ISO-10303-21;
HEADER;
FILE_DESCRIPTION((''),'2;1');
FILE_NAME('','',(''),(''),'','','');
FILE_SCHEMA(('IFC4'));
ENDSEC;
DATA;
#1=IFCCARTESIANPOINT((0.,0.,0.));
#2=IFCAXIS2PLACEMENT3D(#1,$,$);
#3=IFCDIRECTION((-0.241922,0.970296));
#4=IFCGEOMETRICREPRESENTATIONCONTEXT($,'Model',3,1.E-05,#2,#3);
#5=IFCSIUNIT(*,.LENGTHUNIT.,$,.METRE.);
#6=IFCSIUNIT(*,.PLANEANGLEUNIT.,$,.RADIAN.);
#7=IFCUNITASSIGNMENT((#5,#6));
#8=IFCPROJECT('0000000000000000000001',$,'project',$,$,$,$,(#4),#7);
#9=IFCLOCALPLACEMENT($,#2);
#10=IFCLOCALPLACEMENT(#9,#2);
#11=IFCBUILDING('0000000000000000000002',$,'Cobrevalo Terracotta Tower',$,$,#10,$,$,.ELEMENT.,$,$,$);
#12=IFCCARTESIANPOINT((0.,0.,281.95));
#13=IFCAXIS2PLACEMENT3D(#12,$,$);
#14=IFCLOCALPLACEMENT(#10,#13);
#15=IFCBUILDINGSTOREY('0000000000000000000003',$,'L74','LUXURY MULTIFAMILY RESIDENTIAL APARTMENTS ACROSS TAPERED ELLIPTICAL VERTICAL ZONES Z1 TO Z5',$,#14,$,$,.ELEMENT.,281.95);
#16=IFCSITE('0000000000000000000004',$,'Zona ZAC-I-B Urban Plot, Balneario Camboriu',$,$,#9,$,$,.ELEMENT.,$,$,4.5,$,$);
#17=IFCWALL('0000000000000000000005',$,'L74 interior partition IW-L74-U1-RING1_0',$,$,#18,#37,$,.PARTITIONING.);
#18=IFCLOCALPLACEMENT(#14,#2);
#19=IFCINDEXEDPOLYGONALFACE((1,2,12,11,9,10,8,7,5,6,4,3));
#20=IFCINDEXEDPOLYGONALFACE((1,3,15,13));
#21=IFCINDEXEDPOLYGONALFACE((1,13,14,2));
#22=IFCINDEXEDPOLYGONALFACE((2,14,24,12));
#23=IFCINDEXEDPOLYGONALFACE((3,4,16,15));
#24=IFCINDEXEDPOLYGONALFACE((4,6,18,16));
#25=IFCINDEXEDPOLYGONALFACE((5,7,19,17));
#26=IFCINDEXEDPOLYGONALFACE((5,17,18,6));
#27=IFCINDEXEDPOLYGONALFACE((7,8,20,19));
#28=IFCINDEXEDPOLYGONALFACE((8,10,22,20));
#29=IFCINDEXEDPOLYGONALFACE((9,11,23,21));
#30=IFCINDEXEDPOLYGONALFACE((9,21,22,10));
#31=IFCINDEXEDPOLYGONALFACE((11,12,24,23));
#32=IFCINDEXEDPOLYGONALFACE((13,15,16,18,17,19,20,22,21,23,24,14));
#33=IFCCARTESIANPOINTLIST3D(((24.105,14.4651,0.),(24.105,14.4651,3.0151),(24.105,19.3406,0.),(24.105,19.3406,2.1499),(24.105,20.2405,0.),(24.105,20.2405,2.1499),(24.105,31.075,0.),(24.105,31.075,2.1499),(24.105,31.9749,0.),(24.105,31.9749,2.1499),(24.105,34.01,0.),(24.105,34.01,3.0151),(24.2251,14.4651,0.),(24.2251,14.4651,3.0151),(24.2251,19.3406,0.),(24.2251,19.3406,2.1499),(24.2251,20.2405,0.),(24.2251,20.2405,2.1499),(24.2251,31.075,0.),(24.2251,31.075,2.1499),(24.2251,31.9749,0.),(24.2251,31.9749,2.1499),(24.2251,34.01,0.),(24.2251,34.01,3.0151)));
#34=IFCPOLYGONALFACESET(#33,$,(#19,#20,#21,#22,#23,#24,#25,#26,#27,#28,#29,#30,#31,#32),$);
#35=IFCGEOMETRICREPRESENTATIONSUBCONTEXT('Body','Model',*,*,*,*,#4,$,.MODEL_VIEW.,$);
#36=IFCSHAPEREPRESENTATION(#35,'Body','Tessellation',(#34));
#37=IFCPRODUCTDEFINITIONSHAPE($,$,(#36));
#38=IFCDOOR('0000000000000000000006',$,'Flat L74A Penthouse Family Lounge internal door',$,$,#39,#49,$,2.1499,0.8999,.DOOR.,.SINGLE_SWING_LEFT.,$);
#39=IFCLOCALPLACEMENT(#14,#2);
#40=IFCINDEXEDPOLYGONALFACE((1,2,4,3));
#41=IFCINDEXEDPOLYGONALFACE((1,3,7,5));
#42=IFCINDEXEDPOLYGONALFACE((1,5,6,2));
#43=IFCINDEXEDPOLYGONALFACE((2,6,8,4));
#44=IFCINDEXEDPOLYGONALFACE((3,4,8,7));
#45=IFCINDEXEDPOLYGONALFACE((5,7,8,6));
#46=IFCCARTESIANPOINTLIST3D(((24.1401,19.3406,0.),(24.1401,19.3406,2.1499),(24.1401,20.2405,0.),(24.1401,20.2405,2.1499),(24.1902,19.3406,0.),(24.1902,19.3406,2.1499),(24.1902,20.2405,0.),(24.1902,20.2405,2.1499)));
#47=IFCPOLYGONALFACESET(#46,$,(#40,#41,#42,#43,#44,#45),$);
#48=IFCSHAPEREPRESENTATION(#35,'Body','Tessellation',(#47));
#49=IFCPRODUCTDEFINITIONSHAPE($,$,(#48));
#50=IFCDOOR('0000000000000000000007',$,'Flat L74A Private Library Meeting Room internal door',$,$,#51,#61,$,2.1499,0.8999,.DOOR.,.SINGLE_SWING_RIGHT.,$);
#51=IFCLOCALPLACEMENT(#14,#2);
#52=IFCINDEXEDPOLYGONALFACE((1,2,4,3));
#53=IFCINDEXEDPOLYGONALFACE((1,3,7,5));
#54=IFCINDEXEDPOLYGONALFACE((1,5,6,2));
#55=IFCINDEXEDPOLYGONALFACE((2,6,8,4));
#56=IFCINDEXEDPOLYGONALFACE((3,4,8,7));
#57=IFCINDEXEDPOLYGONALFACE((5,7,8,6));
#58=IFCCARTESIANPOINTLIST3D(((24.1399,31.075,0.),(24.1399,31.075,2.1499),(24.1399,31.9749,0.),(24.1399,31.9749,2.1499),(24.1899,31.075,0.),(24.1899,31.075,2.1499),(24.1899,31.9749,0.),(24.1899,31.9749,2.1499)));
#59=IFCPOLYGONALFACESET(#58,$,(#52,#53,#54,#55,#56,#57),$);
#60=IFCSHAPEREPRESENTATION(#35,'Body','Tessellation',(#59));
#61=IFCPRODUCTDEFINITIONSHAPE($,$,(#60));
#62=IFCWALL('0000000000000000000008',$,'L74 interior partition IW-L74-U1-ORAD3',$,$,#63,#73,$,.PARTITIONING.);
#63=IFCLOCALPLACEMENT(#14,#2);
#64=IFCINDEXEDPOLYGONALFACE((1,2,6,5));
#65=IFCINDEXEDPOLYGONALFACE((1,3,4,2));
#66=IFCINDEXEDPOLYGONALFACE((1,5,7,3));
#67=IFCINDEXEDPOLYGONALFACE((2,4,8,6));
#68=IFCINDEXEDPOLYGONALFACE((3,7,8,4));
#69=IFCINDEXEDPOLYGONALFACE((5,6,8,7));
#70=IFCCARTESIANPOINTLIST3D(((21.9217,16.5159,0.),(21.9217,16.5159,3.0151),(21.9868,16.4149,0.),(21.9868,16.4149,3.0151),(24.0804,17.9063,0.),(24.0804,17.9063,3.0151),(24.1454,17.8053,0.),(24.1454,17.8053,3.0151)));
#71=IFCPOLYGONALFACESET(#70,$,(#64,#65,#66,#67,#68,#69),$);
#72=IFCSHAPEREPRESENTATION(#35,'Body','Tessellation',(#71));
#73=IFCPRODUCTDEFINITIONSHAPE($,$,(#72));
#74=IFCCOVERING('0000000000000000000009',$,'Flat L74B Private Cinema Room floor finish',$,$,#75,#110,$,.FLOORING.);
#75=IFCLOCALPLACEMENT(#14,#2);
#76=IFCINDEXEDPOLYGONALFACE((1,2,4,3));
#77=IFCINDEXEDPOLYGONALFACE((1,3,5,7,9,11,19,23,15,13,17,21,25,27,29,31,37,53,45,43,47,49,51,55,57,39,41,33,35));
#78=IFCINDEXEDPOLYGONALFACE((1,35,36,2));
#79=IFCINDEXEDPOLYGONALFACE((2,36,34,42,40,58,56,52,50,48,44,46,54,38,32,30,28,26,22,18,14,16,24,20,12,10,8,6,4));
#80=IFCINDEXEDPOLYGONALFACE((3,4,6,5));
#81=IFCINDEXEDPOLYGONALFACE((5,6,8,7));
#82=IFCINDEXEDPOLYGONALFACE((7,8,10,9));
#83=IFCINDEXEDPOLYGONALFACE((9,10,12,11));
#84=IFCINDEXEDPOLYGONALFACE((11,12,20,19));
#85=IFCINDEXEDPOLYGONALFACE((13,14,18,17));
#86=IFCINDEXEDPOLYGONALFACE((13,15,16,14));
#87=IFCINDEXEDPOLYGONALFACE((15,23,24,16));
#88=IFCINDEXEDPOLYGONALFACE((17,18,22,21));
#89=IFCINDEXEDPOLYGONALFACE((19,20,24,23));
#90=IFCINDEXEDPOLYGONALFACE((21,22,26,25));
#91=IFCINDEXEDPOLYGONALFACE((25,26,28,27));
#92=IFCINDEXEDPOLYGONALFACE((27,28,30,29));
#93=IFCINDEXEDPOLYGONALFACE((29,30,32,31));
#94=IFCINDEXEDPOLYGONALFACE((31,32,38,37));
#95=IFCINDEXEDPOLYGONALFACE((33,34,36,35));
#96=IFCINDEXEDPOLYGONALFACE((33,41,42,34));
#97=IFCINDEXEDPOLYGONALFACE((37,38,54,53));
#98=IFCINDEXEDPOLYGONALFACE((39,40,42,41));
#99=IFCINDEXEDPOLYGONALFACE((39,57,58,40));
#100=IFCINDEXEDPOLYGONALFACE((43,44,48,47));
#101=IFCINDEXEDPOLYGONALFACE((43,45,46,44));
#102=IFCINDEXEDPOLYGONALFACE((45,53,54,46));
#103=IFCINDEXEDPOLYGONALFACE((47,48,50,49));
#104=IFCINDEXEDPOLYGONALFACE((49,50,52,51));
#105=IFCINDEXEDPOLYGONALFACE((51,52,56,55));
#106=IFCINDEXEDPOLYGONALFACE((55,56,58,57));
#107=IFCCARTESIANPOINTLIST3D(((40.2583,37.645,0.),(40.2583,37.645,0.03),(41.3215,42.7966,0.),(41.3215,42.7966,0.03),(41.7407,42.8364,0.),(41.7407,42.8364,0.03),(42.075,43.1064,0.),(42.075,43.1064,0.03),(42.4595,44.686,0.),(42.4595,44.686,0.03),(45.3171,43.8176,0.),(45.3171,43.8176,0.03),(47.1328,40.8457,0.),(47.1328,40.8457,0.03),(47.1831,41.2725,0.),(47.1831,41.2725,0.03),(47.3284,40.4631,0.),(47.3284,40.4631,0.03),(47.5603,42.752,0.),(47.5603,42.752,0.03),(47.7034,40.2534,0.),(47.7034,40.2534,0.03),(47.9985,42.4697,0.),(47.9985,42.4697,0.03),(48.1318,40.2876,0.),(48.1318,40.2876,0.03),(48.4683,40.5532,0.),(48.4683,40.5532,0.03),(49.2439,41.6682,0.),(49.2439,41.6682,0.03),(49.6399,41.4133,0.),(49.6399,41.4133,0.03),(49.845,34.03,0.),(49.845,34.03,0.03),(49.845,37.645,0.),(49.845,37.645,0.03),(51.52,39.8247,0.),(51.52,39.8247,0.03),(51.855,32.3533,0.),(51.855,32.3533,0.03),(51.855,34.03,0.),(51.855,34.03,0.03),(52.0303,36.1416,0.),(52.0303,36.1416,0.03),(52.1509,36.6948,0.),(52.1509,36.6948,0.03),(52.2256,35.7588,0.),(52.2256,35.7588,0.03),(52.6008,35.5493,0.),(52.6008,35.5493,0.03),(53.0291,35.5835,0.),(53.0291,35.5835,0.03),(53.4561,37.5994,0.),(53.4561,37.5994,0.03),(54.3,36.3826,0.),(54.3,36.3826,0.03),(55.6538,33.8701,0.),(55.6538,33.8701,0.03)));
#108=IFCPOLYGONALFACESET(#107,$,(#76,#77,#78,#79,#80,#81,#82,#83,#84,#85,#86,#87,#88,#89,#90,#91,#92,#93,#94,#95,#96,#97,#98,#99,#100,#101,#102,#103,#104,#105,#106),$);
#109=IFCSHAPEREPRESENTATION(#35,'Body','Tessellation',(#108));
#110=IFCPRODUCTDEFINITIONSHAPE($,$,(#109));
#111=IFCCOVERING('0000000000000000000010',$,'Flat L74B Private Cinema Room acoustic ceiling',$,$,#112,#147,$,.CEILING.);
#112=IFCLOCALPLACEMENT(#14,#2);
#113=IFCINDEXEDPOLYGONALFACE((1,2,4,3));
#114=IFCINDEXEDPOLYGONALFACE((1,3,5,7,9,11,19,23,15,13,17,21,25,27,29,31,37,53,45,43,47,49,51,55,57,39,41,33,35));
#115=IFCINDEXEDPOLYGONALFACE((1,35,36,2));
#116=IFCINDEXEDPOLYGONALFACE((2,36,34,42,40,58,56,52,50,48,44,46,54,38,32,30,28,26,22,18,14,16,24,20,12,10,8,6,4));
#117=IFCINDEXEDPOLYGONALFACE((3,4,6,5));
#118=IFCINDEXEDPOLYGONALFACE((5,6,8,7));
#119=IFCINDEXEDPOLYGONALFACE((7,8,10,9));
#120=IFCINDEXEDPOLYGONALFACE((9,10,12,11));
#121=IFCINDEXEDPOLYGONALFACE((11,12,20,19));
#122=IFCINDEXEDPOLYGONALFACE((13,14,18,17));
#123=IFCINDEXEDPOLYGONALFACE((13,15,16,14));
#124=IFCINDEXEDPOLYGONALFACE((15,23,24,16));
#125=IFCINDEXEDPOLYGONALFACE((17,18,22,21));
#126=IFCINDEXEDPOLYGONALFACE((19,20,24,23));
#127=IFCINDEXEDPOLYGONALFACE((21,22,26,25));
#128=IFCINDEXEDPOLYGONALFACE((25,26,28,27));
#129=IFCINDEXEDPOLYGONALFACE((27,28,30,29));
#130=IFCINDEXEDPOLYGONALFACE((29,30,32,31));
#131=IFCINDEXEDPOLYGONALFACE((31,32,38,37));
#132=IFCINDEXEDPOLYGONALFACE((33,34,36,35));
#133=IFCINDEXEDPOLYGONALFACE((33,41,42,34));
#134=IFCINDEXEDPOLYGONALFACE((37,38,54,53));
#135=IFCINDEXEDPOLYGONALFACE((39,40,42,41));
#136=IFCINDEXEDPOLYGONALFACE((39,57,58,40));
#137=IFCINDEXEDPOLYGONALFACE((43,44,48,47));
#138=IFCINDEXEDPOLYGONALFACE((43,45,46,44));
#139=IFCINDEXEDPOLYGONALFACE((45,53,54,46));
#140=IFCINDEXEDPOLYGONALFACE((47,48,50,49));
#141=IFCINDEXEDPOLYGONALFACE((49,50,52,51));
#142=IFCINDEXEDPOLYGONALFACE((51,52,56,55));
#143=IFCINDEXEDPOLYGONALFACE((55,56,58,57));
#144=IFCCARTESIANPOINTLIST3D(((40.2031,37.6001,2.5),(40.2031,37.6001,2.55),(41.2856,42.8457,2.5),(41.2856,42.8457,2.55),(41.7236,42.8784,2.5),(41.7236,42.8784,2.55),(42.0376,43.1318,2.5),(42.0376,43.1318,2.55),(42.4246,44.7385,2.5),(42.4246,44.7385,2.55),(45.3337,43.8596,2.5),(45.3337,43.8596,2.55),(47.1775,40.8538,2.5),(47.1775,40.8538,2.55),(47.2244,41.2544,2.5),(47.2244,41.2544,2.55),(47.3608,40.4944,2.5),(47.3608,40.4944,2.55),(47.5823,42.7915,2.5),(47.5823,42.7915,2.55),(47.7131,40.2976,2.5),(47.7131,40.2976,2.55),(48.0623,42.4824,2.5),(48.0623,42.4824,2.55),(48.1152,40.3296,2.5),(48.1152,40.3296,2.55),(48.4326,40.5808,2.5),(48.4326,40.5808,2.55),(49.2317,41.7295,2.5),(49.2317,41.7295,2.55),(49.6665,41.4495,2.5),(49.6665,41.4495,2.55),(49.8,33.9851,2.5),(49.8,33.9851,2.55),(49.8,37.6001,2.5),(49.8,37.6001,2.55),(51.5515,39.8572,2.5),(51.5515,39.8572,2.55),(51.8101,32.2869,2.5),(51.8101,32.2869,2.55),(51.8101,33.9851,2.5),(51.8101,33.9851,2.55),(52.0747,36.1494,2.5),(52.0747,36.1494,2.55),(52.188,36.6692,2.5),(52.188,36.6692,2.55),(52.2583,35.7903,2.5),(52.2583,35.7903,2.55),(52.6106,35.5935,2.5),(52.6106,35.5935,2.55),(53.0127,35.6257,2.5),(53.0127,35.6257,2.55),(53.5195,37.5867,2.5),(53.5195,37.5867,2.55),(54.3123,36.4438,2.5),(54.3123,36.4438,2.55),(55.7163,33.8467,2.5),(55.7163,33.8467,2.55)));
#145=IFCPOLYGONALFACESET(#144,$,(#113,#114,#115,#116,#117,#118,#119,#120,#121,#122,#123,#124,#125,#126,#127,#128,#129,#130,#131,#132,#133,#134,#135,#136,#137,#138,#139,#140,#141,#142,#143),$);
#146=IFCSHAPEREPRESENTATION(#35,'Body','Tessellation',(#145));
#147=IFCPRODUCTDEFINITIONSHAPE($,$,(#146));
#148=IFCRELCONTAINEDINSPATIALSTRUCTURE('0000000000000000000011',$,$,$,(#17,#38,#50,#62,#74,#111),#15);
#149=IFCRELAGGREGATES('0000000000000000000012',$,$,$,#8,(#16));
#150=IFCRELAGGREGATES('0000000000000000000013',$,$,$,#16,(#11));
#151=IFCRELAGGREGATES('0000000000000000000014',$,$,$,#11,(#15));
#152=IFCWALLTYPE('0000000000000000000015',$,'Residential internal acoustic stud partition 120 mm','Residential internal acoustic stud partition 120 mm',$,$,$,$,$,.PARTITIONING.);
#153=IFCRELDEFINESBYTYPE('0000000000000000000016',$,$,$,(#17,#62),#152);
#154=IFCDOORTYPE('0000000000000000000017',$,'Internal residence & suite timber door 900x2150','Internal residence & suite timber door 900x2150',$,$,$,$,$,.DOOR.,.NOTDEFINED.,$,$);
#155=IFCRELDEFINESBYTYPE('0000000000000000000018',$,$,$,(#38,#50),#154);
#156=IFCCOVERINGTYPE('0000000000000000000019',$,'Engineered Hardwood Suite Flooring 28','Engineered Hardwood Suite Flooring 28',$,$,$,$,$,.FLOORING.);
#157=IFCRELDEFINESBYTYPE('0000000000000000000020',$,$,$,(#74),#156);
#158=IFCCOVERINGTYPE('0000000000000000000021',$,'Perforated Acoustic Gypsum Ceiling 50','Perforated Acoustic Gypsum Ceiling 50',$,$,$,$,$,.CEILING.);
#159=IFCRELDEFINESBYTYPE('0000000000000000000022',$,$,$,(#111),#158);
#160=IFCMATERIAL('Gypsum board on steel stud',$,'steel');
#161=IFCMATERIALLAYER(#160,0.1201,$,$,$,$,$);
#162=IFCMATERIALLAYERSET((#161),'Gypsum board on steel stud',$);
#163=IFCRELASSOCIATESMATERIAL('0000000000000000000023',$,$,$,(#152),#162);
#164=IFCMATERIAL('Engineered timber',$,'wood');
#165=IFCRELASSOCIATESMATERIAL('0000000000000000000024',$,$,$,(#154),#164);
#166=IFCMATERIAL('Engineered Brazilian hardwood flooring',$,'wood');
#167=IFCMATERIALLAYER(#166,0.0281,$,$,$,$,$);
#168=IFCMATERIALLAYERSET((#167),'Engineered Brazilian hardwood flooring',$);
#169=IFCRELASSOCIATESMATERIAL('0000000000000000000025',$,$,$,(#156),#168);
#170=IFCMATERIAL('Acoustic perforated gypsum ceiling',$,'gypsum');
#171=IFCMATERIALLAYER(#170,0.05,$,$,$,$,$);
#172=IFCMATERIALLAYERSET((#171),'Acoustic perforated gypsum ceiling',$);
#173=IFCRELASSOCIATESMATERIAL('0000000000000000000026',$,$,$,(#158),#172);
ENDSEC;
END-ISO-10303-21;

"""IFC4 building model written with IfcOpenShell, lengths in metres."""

from ifc_helpers import new_model, si_unit, direction, frame, frame_2d, origin, place, context, subcontext, project, spatial, polyline, rectangle, outline, extrude, source, transform, mapped, material, layer, layer_set, type_object, element, fill, save


model = new_model("IFC4")

# Units and contexts
model_context = context("Model", 3, precision=1e-05, world=origin(), true_north=direction((-0.241922, 0.970296)))
body_context = subcontext(model_context, "Body", "Model", "MODEL_VIEW")
ifc_project = project(units=[si_unit("LENGTHUNIT", "METRE"), si_unit("PLANEANGLEUNIT", "RADIAN")], contexts=[model_context])

# Site, building, storey
site_placement = place(None, origin())
site = spatial("IfcSite", under=ifc_project, at=site_placement, Name="Zona ZAC-I-B Urban Plot, Balneario Camboriu", CompositionType="ELEMENT", RefElevation=4.5)
building_placement = place(site_placement, origin())
building = spatial("IfcBuilding", under=site, at=building_placement, Name="Cobrevalo Terracotta Tower", CompositionType="ELEMENT")
storey_placement = place(building_placement, frame((0.0, 0.0, 281.95)))
storey = spatial("IfcBuildingStorey", under=building, at=storey_placement, Name="L74", Description="LUXURY MULTIFAMILY RESIDENTIAL APARTMENTS ACROSS TAPERED ELLIPTICAL VERTICAL ZONES Z1 TO Z5", CompositionType="ELEMENT", Elevation=281.95)

# Wall, openings, doors
ifc_material_1 = material(Name="Gypsum board on steel stud", Category="steel")
ifc_layer_1 = layer(ifc_material_1, 0.1201)
ifc_layer_set_1 = layer_set([ifc_layer_1], Name="Gypsum board on steel stud")
wall_type_1 = type_object("IfcWallType", Name="Residential internal acoustic stud partition 120 mm", Description="Residential internal acoustic stud partition 120 mm", PredefinedType="PARTITIONING", material=ifc_layer_set_1)
wall_1_placement = place(storey_placement, frame((24.165, 14.4651, 0.0), z_axis=(0.0, 0.0, 1.0), x_axis=(0.0, 1.0, 0.0)))
wall_1 = element("IfcWall", 1, at=wall_1_placement, inside=storey, type_object=wall_type_1, Name="L74 interior partition IW-L74-U1-RING1_0", PredefinedType="PARTITIONING", context=body_context, shape_type="SweptSolid", body=[
    extrude(rectangle(XDim=19.5449, YDim=0.1201, at=frame_2d((9.7725, 0.0))), origin(), (0.0, 0.0, 1.0), 3.0151),
])
opening_1_placement = place(wall_1_placement, frame((4.8755, 0.0, 0.0)))
opening_1 = element("IfcOpeningElement", 2, at=opening_1_placement, cuts=wall_1, PredefinedType="OPENING", context=body_context, shape_type="SweptSolid", body=[
    extrude(rectangle(XDim=0.8999, YDim=2.1499, at=frame_2d((0.45, 1.075))), frame((0.0, 0.0701, 0.0), z_axis=(0.0, -1.0, 0.0), x_axis=(1.0, 0.0, 0.0)), (0.0, 0.0, 1.0), 0.1401),
])
opening_2_placement = place(wall_1_placement, frame((16.6099, 0.0, 0.0)))
opening_2 = element("IfcOpeningElement", 3, at=opening_2_placement, cuts=wall_1, PredefinedType="OPENING", context=body_context, shape_type="SweptSolid", body=[
    extrude(rectangle(XDim=0.8999, YDim=2.1499, at=frame_2d((0.45, 1.075))), frame((0.0, 0.0701, 0.0), z_axis=(0.0, -1.0, 0.0), x_axis=(1.0, 0.0, 0.0)), (0.0, 0.0, 1.0), 0.1401),
])
ifc_material_2 = material(Name="Engineered timber", Category="wood")
door_type = type_object("IfcDoorType", Name="Internal residence & suite timber door 900x2150", Description="Internal residence & suite timber door 900x2150", OperationType="NOTDEFINED", PredefinedType="DOOR", material=ifc_material_2)
shared_shape_1 = source(origin(), body_context, "Body", "SweptSolid", [
    extrude(rectangle(XDim=0.8999, YDim=2.1499, at=frame_2d((0.45, 1.075))), frame((0.0, 0.0249, 0.0), z_axis=(0.0, -1.0, 0.0), x_axis=(1.0, 0.0, 0.0)), (0.0, 0.0, 1.0), 0.05),
])
door_1_placement = place(opening_1_placement, origin())
door_1 = element("IfcDoor", 4, at=door_1_placement, inside=storey, type_object=door_type, Name="Flat L74A Penthouse Family Lounge internal door", OperationType="SINGLE_SWING_LEFT", OverallHeight=2.1499, OverallWidth=0.8999, PredefinedType="DOOR", context=body_context, shape_type="MappedRepresentation", body=[
    mapped(shared_shape_1, transform((0.0, 0.0, 0.0), scale=1.0)),
])
fill(opening_1, door_1)
door_2_placement = place(opening_2_placement, frame((0.8999, 0.0, 0.0), z_axis=(0.0, 0.0, 1.0), x_axis=(-1.0, 0.0, 0.0)))
door_2 = element("IfcDoor", 5, at=door_2_placement, inside=storey, type_object=door_type, Name="Flat L74A Private Library Meeting Room internal door", OperationType="SINGLE_SWING_RIGHT", OverallHeight=2.1499, OverallWidth=0.8999, PredefinedType="DOOR", context=body_context, shape_type="MappedRepresentation", body=[
    mapped(shared_shape_1, transform((0.0, 0.0, 0.0), scale=1.0)),
])
fill(opening_2, door_2)

# Wall
wall_2_placement = place(storey_placement, frame((24.1128, 17.8557, 0.0), z_axis=(0.0, 0.0, 1.0), x_axis=(-0.840709, -0.541488, 0.0)))
element("IfcWall", 6, at=wall_2_placement, inside=storey, type_object=wall_type_1, Name="L74 interior partition IW-L74-U1-ORAD3", PredefinedType="PARTITIONING", context=body_context, shape_type="SweptSolid", body=[
    extrude(rectangle(XDim=2.5676, YDim=0.1201, at=frame_2d((1.2837, 0.0))), origin(), (0.0, 0.0, 1.0), 3.0151),
])

# Coverings
ifc_material_3 = material(Name="Engineered Brazilian hardwood flooring", Category="wood")
ifc_layer_2 = layer(ifc_material_3, 0.0281)
ifc_layer_set_2 = layer_set([ifc_layer_2], Name="Engineered Brazilian hardwood flooring")
covering_type_1 = type_object("IfcCoveringType", Name="Engineered Hardwood Suite Flooring 28", Description="Engineered Hardwood Suite Flooring 28", PredefinedType="FLOORING", material=ifc_layer_set_2)
covering_1_placement = place(storey_placement, origin())
element("IfcCovering", 7, at=covering_1_placement, inside=storey, type_object=covering_type_1, Name="Flat L74B Private Cinema Room floor finish", PredefinedType="FLOORING", context=body_context, shape_type="SweptSolid", body=[
    extrude(outline(polyline([(41.3215, 42.7966), (41.7407, 42.8364), (42.075, 43.1064), (42.4595, 44.686), (45.3171, 43.8176), (47.5603, 42.752), (47.9985, 42.4697), (47.1831, 41.2725), (47.1328, 40.8457), (47.3284, 40.4631), (47.7034, 40.2534), (48.1318, 40.2876), (48.4683, 40.5532), (49.2439, 41.6682), (49.6399, 41.4133), (51.52, 39.8247), (53.4561, 37.5994), (52.1509, 36.6948), (52.0303, 36.1416), (52.2256, 35.7588), (52.6008, 35.5493), (53.0291, 35.5835), (54.3, 36.3826), (55.6538, 33.8701), (51.855, 32.3533), (51.855, 34.03), (49.845, 34.03), (49.845, 37.645), (40.2583, 37.645), (41.3215, 42.7966)])), origin(), (0.0, 0.0, 1.0), 0.03),
])
ifc_material_4 = material(Name="Acoustic perforated gypsum ceiling", Category="gypsum")
ifc_layer_3 = layer(ifc_material_4, 0.05)
ifc_layer_set_3 = layer_set([ifc_layer_3], Name="Acoustic perforated gypsum ceiling")
covering_type_2 = type_object("IfcCoveringType", Name="Perforated Acoustic Gypsum Ceiling 50", Description="Perforated Acoustic Gypsum Ceiling 50", PredefinedType="CEILING", material=ifc_layer_set_3)
covering_2_placement = place(storey_placement, frame((0.0, 0.0, 2.5)))
element("IfcCovering", 8, at=covering_2_placement, inside=storey, type_object=covering_type_2, Name="Flat L74B Private Cinema Room acoustic ceiling", PredefinedType="CEILING", context=body_context, shape_type="SweptSolid", body=[
    extrude(outline(polyline([(41.2856, 42.8457), (41.7236, 42.8784), (42.0376, 43.1318), (42.4246, 44.7385), (45.3337, 43.8596), (47.5823, 42.7915), (48.0623, 42.4824), (47.2244, 41.2544), (47.1775, 40.8538), (47.3608, 40.4944), (47.7131, 40.2976), (48.1152, 40.3296), (48.4326, 40.5808), (49.2317, 41.7295), (49.6665, 41.4495), (51.5515, 39.8572), (53.5195, 37.5867), (52.188, 36.6692), (52.0747, 36.1494), (52.2583, 35.7903), (52.6106, 35.5935), (53.0127, 35.6257), (54.3123, 36.4438), (55.7163, 33.8467), (51.8101, 32.2869), (51.8101, 33.9851), (49.8, 33.9851), (49.8, 37.6001), (40.2031, 37.6001), (41.2856, 42.8457)])), origin(), (0.0, 0.0, 1.0), 0.05),
])

save(model, "model.ifc")
